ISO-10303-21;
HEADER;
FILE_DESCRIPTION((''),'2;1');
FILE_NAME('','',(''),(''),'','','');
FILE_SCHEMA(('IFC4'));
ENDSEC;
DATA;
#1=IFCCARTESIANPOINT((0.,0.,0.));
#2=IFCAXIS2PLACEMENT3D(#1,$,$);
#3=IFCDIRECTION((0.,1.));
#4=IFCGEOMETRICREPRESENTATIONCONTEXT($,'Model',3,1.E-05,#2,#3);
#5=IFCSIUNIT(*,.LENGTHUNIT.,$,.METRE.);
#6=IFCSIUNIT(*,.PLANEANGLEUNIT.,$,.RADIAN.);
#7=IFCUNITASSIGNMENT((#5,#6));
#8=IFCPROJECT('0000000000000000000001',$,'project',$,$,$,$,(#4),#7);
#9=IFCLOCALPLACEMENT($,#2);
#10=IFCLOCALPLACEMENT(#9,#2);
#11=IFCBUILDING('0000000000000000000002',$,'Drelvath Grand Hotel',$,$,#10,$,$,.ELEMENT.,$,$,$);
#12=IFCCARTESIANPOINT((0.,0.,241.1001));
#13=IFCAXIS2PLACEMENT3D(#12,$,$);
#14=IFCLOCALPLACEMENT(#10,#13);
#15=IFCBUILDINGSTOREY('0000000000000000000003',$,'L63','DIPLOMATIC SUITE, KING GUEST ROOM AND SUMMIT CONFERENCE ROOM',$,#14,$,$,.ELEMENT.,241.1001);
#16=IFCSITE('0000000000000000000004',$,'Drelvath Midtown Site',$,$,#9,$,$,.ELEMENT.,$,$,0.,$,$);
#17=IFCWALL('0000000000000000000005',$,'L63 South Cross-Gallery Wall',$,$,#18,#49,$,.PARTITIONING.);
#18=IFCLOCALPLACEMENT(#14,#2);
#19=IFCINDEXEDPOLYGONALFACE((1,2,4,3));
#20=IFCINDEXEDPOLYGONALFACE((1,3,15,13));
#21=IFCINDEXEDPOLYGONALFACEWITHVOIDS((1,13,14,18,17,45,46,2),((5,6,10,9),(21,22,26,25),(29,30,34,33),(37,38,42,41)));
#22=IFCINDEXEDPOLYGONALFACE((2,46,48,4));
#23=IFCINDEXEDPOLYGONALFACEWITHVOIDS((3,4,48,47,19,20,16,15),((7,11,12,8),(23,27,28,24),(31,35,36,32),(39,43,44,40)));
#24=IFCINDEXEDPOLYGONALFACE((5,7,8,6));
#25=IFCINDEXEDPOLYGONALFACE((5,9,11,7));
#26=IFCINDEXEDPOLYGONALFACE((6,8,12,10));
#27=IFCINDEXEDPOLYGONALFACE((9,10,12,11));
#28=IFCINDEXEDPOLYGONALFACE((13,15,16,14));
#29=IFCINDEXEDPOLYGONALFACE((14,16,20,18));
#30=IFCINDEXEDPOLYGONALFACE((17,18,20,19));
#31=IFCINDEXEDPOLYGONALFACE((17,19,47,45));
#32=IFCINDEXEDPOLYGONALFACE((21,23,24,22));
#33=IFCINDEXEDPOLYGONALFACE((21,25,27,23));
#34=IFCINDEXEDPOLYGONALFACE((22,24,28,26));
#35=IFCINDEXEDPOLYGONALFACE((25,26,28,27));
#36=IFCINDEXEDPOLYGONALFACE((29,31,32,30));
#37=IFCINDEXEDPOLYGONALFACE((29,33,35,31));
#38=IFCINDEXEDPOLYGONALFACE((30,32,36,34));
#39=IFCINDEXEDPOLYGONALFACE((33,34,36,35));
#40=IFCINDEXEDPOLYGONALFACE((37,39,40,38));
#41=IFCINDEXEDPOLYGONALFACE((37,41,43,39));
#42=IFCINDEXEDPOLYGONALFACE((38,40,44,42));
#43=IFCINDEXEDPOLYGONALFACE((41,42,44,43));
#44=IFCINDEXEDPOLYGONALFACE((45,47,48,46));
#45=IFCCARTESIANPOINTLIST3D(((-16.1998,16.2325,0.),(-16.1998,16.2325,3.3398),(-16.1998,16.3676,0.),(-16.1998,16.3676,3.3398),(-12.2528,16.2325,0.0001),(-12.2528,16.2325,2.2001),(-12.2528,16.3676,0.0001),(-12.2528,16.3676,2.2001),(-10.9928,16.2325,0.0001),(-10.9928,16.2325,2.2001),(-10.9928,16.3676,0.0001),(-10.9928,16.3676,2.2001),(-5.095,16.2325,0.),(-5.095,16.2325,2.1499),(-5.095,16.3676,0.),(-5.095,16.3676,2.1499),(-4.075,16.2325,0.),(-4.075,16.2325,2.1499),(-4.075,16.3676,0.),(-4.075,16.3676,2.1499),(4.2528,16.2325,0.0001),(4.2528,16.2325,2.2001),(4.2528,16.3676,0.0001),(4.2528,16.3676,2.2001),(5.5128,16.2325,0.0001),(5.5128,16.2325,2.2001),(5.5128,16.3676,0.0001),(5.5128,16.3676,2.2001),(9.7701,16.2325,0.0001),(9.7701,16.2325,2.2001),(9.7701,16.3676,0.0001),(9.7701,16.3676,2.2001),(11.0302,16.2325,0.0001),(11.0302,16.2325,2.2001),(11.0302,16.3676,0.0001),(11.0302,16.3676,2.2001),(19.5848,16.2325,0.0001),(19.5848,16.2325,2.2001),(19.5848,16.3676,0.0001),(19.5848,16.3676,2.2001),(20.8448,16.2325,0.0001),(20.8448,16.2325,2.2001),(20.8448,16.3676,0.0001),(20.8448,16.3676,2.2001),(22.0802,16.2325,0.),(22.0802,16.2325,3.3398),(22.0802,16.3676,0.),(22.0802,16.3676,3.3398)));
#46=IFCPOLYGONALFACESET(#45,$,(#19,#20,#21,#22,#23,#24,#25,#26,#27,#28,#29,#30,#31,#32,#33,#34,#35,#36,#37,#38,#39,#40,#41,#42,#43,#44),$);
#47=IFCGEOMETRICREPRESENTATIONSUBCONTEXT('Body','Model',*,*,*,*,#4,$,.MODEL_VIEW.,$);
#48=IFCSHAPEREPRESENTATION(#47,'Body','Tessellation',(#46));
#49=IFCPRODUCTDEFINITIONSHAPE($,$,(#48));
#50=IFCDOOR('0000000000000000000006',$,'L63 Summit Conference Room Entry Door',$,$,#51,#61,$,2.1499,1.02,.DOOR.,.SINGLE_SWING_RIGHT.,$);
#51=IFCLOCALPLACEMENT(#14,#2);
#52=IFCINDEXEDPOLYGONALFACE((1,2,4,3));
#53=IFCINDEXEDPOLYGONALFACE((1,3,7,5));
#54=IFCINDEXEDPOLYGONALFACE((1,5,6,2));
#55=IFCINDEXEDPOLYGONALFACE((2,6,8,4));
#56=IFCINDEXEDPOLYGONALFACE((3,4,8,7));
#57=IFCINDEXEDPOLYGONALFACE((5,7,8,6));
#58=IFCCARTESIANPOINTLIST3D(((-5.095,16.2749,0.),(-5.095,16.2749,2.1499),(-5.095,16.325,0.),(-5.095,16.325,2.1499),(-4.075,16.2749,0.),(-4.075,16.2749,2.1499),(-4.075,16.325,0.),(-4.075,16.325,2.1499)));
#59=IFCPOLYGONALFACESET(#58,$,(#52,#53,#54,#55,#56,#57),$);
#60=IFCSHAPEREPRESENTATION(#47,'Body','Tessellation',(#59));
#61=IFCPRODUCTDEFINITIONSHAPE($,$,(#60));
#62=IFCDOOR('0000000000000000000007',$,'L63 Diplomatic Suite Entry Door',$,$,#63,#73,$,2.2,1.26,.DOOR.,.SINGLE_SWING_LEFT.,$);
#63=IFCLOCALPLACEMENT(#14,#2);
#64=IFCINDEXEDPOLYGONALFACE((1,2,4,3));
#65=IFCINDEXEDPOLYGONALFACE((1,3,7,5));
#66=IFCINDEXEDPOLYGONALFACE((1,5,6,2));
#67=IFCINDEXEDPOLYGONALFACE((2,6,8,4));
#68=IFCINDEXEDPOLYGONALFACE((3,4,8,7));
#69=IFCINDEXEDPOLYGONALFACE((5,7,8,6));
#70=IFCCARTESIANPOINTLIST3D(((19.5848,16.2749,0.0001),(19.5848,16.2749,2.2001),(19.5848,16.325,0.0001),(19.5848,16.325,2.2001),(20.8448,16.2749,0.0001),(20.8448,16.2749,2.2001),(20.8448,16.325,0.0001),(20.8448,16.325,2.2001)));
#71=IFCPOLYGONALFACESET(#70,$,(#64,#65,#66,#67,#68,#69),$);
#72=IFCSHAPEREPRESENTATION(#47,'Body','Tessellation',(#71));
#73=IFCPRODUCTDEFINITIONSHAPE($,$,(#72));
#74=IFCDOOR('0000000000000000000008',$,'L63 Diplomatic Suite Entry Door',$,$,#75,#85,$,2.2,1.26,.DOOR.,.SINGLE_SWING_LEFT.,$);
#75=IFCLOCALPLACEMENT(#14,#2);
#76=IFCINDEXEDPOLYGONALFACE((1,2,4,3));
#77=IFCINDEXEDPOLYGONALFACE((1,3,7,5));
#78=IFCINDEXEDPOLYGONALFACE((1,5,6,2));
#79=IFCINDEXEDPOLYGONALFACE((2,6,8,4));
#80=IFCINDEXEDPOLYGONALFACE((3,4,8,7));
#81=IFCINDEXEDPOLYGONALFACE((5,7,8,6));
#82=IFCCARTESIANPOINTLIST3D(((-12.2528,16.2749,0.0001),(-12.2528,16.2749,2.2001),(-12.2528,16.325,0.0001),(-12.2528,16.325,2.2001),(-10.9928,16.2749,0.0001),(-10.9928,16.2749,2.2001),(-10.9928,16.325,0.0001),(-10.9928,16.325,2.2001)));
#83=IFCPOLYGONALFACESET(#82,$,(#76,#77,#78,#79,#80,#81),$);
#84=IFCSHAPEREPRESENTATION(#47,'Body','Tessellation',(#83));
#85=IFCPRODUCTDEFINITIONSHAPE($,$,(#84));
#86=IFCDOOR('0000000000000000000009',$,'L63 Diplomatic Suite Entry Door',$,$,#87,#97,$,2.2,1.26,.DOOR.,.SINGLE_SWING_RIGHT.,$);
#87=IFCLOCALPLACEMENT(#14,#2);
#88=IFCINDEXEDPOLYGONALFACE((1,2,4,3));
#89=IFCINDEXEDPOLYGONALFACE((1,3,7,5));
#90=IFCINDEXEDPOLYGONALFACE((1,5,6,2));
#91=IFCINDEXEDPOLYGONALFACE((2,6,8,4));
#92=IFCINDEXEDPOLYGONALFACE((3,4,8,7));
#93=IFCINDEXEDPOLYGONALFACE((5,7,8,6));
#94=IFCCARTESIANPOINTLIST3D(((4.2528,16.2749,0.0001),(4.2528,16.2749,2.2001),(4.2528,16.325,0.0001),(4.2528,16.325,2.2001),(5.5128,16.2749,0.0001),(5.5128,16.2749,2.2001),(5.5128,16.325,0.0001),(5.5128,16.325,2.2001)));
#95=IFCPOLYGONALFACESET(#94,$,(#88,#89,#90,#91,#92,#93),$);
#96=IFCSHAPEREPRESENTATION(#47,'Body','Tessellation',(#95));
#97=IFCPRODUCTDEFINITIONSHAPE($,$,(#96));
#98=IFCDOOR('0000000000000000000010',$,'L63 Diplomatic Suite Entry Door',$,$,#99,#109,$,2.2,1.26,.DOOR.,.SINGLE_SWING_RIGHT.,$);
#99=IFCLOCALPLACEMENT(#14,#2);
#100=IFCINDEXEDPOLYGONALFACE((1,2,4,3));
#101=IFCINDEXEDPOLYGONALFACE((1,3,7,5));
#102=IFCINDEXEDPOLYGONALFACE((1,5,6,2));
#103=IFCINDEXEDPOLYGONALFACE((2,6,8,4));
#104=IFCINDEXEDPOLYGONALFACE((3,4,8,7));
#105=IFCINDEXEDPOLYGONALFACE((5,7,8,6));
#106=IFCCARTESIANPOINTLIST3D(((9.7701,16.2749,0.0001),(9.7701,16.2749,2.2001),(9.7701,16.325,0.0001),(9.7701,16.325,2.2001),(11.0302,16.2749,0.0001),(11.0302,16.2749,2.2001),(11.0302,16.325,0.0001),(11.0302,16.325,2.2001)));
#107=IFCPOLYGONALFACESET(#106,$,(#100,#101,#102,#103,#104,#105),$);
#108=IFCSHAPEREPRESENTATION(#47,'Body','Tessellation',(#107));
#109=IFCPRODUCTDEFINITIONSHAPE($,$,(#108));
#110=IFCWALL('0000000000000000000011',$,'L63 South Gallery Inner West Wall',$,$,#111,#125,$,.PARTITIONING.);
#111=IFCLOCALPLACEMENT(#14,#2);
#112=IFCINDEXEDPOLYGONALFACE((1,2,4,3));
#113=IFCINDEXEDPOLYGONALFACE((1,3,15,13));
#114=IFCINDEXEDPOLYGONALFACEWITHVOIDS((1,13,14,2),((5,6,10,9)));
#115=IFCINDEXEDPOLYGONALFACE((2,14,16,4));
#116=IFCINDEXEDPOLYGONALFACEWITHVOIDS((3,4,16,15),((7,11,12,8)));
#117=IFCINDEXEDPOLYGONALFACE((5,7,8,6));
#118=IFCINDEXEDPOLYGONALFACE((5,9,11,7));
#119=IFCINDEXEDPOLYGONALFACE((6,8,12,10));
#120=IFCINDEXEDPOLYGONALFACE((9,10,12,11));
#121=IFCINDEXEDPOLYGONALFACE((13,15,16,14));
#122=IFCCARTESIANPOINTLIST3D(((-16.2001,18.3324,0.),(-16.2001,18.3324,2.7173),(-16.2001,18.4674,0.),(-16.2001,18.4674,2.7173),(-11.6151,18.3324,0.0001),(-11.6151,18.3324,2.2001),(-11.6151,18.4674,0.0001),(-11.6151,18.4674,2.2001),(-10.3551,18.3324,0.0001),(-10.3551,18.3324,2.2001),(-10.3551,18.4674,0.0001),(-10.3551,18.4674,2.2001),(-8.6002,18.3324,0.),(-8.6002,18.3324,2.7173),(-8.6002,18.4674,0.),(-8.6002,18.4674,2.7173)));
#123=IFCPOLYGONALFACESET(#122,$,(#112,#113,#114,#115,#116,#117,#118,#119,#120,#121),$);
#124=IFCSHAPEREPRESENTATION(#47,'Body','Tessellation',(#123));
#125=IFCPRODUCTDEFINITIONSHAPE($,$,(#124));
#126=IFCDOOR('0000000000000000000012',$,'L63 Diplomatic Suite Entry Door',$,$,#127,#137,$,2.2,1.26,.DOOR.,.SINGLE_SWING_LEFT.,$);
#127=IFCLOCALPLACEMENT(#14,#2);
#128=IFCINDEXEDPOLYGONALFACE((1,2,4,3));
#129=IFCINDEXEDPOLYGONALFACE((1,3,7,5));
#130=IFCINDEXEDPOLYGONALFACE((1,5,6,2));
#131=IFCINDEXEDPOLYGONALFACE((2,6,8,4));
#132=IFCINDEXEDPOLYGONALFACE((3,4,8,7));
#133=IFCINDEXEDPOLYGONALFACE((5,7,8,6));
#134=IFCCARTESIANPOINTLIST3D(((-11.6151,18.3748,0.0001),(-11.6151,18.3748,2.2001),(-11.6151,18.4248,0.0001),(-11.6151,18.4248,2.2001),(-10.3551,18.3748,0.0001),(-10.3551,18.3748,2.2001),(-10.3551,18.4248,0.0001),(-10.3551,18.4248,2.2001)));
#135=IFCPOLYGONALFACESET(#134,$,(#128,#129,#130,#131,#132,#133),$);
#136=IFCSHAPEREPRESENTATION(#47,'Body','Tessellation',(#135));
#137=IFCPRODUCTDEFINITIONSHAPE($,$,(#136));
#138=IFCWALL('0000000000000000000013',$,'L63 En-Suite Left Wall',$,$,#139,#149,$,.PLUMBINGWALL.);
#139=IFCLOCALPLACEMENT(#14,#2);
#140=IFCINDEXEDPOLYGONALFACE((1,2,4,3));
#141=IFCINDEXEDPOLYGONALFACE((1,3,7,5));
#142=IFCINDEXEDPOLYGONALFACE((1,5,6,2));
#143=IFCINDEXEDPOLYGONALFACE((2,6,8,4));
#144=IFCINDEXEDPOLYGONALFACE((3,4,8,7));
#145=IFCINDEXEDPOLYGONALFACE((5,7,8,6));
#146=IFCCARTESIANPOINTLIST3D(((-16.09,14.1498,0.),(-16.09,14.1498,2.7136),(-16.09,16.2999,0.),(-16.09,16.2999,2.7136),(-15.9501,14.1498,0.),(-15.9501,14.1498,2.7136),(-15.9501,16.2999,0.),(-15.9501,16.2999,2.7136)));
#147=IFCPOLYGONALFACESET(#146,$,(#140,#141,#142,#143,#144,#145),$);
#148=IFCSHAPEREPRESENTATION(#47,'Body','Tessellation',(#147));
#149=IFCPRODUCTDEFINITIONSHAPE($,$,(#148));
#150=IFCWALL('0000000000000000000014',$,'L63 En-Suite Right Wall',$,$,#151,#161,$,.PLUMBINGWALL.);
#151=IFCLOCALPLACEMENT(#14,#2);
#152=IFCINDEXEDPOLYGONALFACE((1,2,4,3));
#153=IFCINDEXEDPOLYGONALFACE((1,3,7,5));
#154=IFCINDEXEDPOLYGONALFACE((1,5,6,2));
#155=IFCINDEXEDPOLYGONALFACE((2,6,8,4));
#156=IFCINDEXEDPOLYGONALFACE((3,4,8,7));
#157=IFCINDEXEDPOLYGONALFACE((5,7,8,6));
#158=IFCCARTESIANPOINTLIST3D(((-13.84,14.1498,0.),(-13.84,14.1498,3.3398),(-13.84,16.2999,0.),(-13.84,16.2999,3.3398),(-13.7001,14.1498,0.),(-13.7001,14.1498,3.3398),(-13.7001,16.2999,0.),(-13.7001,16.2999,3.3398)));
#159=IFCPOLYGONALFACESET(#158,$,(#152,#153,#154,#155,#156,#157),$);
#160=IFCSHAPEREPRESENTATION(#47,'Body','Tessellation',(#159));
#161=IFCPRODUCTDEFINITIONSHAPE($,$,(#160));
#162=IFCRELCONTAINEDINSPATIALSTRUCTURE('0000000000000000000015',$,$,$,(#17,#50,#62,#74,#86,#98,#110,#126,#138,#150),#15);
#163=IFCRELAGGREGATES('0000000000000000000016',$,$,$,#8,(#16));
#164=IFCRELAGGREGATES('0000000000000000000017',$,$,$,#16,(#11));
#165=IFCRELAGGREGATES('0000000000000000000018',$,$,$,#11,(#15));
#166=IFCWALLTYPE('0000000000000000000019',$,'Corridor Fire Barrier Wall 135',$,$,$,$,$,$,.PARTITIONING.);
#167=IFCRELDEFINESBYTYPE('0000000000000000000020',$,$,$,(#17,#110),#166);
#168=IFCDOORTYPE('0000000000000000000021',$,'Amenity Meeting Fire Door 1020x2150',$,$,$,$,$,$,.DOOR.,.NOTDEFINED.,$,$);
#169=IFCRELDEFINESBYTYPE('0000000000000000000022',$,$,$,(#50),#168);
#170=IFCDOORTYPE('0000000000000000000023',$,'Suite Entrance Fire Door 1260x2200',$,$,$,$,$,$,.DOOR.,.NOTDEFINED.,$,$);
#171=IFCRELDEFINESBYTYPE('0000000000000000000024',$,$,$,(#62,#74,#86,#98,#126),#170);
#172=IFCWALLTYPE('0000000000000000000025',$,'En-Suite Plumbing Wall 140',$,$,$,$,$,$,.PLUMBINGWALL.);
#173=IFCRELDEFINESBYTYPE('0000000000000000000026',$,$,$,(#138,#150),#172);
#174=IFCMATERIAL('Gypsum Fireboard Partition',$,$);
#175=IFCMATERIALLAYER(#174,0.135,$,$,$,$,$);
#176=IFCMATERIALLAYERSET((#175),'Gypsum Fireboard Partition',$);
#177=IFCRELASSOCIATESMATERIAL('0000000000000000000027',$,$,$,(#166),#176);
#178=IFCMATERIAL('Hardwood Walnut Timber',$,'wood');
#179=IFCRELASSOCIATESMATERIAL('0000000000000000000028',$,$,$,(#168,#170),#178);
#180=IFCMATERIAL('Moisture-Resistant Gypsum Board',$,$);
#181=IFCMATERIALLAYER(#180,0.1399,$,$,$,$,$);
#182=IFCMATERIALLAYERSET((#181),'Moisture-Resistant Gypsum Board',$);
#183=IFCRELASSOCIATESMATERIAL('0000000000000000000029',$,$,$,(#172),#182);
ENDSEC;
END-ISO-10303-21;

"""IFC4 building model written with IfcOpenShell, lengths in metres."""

from ifc_helpers import new_model, si_unit, direction, frame, frame_2d, origin, place, context, subcontext, project, spatial, rectangle, extrude, material, layer, layer_set, type_object, element, fill, save


model = new_model("IFC4")

# Units and contexts
model_context = context("Model", 3, precision=1e-05, world=origin(), true_north=direction((0.0, 1.0)))
body_context = subcontext(model_context, "Body", "Model", "MODEL_VIEW")
ifc_project = project(units=[si_unit("LENGTHUNIT", "METRE"), si_unit("PLANEANGLEUNIT", "RADIAN")], contexts=[model_context])

# Site, building, storey
site_placement = place(None, origin())
site = spatial("IfcSite", under=ifc_project, at=site_placement, Name="Drelvath Midtown Site", CompositionType="ELEMENT", RefElevation=0.0)
building_placement = place(site_placement, origin())
building = spatial("IfcBuilding", under=site, at=building_placement, Name="Drelvath Grand Hotel", CompositionType="ELEMENT")
storey_placement = place(building_placement, frame((0.0, 0.0, 241.1001)))
storey = spatial("IfcBuildingStorey", under=building, at=storey_placement, Name="L63", Description="DIPLOMATIC SUITE, KING GUEST ROOM AND SUMMIT CONFERENCE ROOM", CompositionType="ELEMENT", Elevation=241.1001)

# Wall, openings, doors
ifc_material_1 = material(Name="Gypsum Fireboard Partition")
ifc_layer_1 = layer(ifc_material_1, 0.135)
ifc_layer_set_1 = layer_set([ifc_layer_1], Name="Gypsum Fireboard Partition")
wall_type_1 = type_object("IfcWallType", Name="Corridor Fire Barrier Wall 135", PredefinedType="PARTITIONING", material=ifc_layer_set_1)
wall_1_placement = place(storey_placement, frame((-16.2, 16.3, 0.0), z_axis=(0.0, 0.0, 1.0), x_axis=(1.0, 0.0, 0.0)))
wall_1 = element("IfcWall", 1, at=wall_1_placement, inside=storey, type_object=wall_type_1, Name="L63 South Cross-Gallery Wall", PredefinedType="PARTITIONING", context=body_context, shape_type="SweptSolid", body=[
    extrude(rectangle(XDim=38.28, YDim=0.135, at=frame_2d((19.1401, 0.0))), origin(), (0.0, 0.0, 1.0), 3.3398),
])
opening_1_placement = place(wall_1_placement, frame((35.7849, 0.0, 0.0)))
opening_1 = element("IfcOpeningElement", 2, at=opening_1_placement, cuts=wall_1, PredefinedType="OPENING", context=body_context, shape_type="SweptSolid", body=[
    extrude(rectangle(XDim=1.26, YDim=2.2, at=frame_2d((0.6299, 1.1001))), frame((0.0, 0.0774, 0.0), z_axis=(0.0, -1.0, 0.0), x_axis=(1.0, 0.0, 0.0)), (0.0, 0.0, 1.0), 0.155),
])
opening_2_placement = place(wall_1_placement, frame((3.9473, 0.0, 0.0)))
opening_2 = element("IfcOpeningElement", 3, at=opening_2_placement, cuts=wall_1, PredefinedType="OPENING", context=body_context, shape_type="SweptSolid", body=[
    extrude(rectangle(XDim=1.26, YDim=2.2, at=frame_2d((0.6299, 1.1001))), frame((0.0, 0.0774, 0.0), z_axis=(0.0, -1.0, 0.0), x_axis=(1.0, 0.0, 0.0)), (0.0, 0.0, 1.0), 0.155),
])
opening_3_placement = place(wall_1_placement, frame((11.105, 0.0, 0.0)))
opening_3 = element("IfcOpeningElement", 4, at=opening_3_placement, cuts=wall_1, PredefinedType="OPENING", context=body_context, shape_type="SweptSolid", body=[
    extrude(rectangle(XDim=1.02, YDim=2.1499, at=frame_2d((0.51, 1.075))), frame((0.0, 0.0774, 0.0), z_axis=(0.0, -1.0, 0.0), x_axis=(1.0, 0.0, 0.0)), (0.0, 0.0, 1.0), 0.155),
])
opening_4_placement = place(wall_1_placement, frame((20.4529, 0.0, 0.0)))
opening_4 = element("IfcOpeningElement", 5, at=opening_4_placement, cuts=wall_1, PredefinedType="OPENING", context=body_context, shape_type="SweptSolid", body=[
    extrude(rectangle(XDim=1.26, YDim=2.2, at=frame_2d((0.6299, 1.1001))), frame((0.0, 0.0774, 0.0), z_axis=(0.0, -1.0, 0.0), x_axis=(1.0, 0.0, 0.0)), (0.0, 0.0, 1.0), 0.155),
])
opening_5_placement = place(wall_1_placement, frame((25.9702, 0.0, 0.0)))
opening_5 = element("IfcOpeningElement", 6, at=opening_5_placement, cuts=wall_1, PredefinedType="OPENING", context=body_context, shape_type="SweptSolid", body=[
    extrude(rectangle(XDim=1.26, YDim=2.2, at=frame_2d((0.6299, 1.1001))), frame((0.0, 0.0774, 0.0), z_axis=(0.0, -1.0, 0.0), x_axis=(1.0, 0.0, 0.0)), (0.0, 0.0, 1.0), 0.155),
])
ifc_material_2 = material(Name="Hardwood Walnut Timber", Category="wood")
door_type_1 = type_object("IfcDoorType", Name="Amenity Meeting Fire Door 1020x2150", OperationType="NOTDEFINED", PredefinedType="DOOR", material=ifc_material_2)
door_1_placement = place(opening_3_placement, origin())
door_1 = element("IfcDoor", 7, at=door_1_placement, inside=storey, type_object=door_type_1, Name="L63 Summit Conference Room Entry Door", OperationType="SINGLE_SWING_RIGHT", OverallHeight=2.1499, OverallWidth=1.02, PredefinedType="DOOR", context=body_context, shape_type="SweptSolid", body=[
    extrude(rectangle(XDim=1.02, YDim=2.1499, at=frame_2d((0.51, 1.075))), frame((0.0, 0.0249, 0.0), z_axis=(0.0, -1.0, 0.0), x_axis=(1.0, 0.0, 0.0)), (0.0, 0.0, 1.0), 0.05),
])
fill(opening_3, door_1)
door_type_2 = type_object("IfcDoorType", Name="Suite Entrance Fire Door 1260x2200", OperationType="NOTDEFINED", PredefinedType="DOOR", material=ifc_material_2)
door_2_placement = place(opening_1_placement, origin())
door_2 = element("IfcDoor", 8, at=door_2_placement, inside=storey, type_object=door_type_2, Name="L63 Diplomatic Suite Entry Door", OperationType="SINGLE_SWING_LEFT", OverallHeight=2.2, OverallWidth=1.26, PredefinedType="DOOR", context=body_context, shape_type="SweptSolid", body=[
    extrude(rectangle(XDim=1.26, YDim=2.2, at=frame_2d((0.6299, 1.1001))), frame((0.0, 0.0249, 0.0), z_axis=(0.0, -1.0, 0.0), x_axis=(1.0, 0.0, 0.0)), (0.0, 0.0, 1.0), 0.05),
])
fill(opening_1, door_2)
door_3_placement = place(opening_2_placement, origin())
door_3 = element("IfcDoor", 9, at=door_3_placement, inside=storey, type_object=door_type_2, Name="L63 Diplomatic Suite Entry Door", OperationType="SINGLE_SWING_LEFT", OverallHeight=2.2, OverallWidth=1.26, PredefinedType="DOOR", context=body_context, shape_type="SweptSolid", body=[
    extrude(rectangle(XDim=1.26, YDim=2.2, at=frame_2d((0.6299, 1.1001))), frame((0.0, 0.0249, 0.0), z_axis=(0.0, -1.0, 0.0), x_axis=(1.0, 0.0, 0.0)), (0.0, 0.0, 1.0), 0.05),
])
fill(opening_2, door_3)
door_4_placement = place(opening_4_placement, origin())
door_4 = element("IfcDoor", 10, at=door_4_placement, inside=storey, type_object=door_type_2, Name="L63 Diplomatic Suite Entry Door", OperationType="SINGLE_SWING_RIGHT", OverallHeight=2.2, OverallWidth=1.26, PredefinedType="DOOR", context=body_context, shape_type="SweptSolid", body=[
    extrude(rectangle(XDim=1.26, YDim=2.2, at=frame_2d((0.6299, 1.1001))), frame((0.0, 0.0249, 0.0), z_axis=(0.0, -1.0, 0.0), x_axis=(1.0, 0.0, 0.0)), (0.0, 0.0, 1.0), 0.05),
])
fill(opening_4, door_4)
door_5_placement = place(opening_5_placement, origin())
door_5 = element("IfcDoor", 11, at=door_5_placement, inside=storey, type_object=door_type_2, Name="L63 Diplomatic Suite Entry Door", OperationType="SINGLE_SWING_RIGHT", OverallHeight=2.2, OverallWidth=1.26, PredefinedType="DOOR", context=body_context, shape_type="SweptSolid", body=[
    extrude(rectangle(XDim=1.26, YDim=2.2, at=frame_2d((0.6299, 1.1001))), frame((0.0, 0.0249, 0.0), z_axis=(0.0, -1.0, 0.0), x_axis=(1.0, 0.0, 0.0)), (0.0, 0.0, 1.0), 0.05),
])
fill(opening_5, door_5)

# Wall, opening, door
wall_2_placement = place(storey_placement, frame((-16.2, 18.3999, 0.0), z_axis=(0.0, 0.0, 1.0), x_axis=(1.0, 0.0, 0.0)))
wall_2 = element("IfcWall", 12, at=wall_2_placement, inside=storey, type_object=wall_type_1, Name="L63 South Gallery Inner West Wall", PredefinedType="PARTITIONING", context=body_context, shape_type="SweptSolid", body=[
    extrude(rectangle(XDim=7.5999, YDim=0.135, at=frame_2d((3.7998, 0.0))), origin(), (0.0, 0.0, 1.0), 2.7173),
])
opening_6_placement = place(wall_2_placement, frame((4.585, 0.0, 0.0)))
opening_6 = element("IfcOpeningElement", 13, at=opening_6_placement, cuts=wall_2, PredefinedType="OPENING", context=body_context, shape_type="SweptSolid", body=[
    extrude(rectangle(XDim=1.26, YDim=2.2, at=frame_2d((0.6299, 1.1001))), frame((0.0, 0.0774, 0.0), z_axis=(0.0, -1.0, 0.0), x_axis=(1.0, 0.0, 0.0)), (0.0, 0.0, 1.0), 0.155),
])
door_6_placement = place(opening_6_placement, origin())
door_6 = element("IfcDoor", 14, at=door_6_placement, inside=storey, type_object=door_type_2, Name="L63 Diplomatic Suite Entry Door", OperationType="SINGLE_SWING_LEFT", OverallHeight=2.2, OverallWidth=1.26, PredefinedType="DOOR", context=body_context, shape_type="SweptSolid", body=[
    extrude(rectangle(XDim=1.26, YDim=2.2, at=frame_2d((0.6299, 1.1001))), frame((0.0, 0.0249, 0.0), z_axis=(0.0, -1.0, 0.0), x_axis=(1.0, 0.0, 0.0)), (0.0, 0.0, 1.0), 0.05),
])
fill(opening_6, door_6)

# Walls
ifc_material_3 = material(Name="Moisture-Resistant Gypsum Board")
ifc_layer_2 = layer(ifc_material_3, 0.1399)
ifc_layer_set_2 = layer_set([ifc_layer_2], Name="Moisture-Resistant Gypsum Board")
wall_type_2 = type_object("IfcWallType", Name="En-Suite Plumbing Wall 140", PredefinedType="PLUMBINGWALL", material=ifc_layer_set_2)
wall_3_placement = place(storey_placement, frame((-16.02, 16.3, 0.0), z_axis=(0.0, 0.0, 1.0), x_axis=(0.0, -1.0, 0.0)))
element("IfcWall", 15, at=wall_3_placement, inside=storey, type_object=wall_type_2, Name="L63 En-Suite Left Wall", PredefinedType="PLUMBINGWALL", context=body_context, shape_type="SweptSolid", body=[
    extrude(rectangle(XDim=2.1501, YDim=0.1399, at=frame_2d((1.0752, 0.0))), origin(), (0.0, 0.0, 1.0), 2.7136),
])
wall_4_placement = place(storey_placement, frame((-13.77, 16.3, 0.0), z_axis=(0.0, 0.0, 1.0), x_axis=(0.0, -1.0, 0.0)))
element("IfcWall", 16, at=wall_4_placement, inside=storey, type_object=wall_type_2, Name="L63 En-Suite Right Wall", PredefinedType="PLUMBINGWALL", context=body_context, shape_type="SweptSolid", body=[
    extrude(rectangle(XDim=2.1501, YDim=0.1399, at=frame_2d((1.0752, 0.0))), origin(), (0.0, 0.0, 1.0), 3.3398),
])

save(model, "model.ifc")
